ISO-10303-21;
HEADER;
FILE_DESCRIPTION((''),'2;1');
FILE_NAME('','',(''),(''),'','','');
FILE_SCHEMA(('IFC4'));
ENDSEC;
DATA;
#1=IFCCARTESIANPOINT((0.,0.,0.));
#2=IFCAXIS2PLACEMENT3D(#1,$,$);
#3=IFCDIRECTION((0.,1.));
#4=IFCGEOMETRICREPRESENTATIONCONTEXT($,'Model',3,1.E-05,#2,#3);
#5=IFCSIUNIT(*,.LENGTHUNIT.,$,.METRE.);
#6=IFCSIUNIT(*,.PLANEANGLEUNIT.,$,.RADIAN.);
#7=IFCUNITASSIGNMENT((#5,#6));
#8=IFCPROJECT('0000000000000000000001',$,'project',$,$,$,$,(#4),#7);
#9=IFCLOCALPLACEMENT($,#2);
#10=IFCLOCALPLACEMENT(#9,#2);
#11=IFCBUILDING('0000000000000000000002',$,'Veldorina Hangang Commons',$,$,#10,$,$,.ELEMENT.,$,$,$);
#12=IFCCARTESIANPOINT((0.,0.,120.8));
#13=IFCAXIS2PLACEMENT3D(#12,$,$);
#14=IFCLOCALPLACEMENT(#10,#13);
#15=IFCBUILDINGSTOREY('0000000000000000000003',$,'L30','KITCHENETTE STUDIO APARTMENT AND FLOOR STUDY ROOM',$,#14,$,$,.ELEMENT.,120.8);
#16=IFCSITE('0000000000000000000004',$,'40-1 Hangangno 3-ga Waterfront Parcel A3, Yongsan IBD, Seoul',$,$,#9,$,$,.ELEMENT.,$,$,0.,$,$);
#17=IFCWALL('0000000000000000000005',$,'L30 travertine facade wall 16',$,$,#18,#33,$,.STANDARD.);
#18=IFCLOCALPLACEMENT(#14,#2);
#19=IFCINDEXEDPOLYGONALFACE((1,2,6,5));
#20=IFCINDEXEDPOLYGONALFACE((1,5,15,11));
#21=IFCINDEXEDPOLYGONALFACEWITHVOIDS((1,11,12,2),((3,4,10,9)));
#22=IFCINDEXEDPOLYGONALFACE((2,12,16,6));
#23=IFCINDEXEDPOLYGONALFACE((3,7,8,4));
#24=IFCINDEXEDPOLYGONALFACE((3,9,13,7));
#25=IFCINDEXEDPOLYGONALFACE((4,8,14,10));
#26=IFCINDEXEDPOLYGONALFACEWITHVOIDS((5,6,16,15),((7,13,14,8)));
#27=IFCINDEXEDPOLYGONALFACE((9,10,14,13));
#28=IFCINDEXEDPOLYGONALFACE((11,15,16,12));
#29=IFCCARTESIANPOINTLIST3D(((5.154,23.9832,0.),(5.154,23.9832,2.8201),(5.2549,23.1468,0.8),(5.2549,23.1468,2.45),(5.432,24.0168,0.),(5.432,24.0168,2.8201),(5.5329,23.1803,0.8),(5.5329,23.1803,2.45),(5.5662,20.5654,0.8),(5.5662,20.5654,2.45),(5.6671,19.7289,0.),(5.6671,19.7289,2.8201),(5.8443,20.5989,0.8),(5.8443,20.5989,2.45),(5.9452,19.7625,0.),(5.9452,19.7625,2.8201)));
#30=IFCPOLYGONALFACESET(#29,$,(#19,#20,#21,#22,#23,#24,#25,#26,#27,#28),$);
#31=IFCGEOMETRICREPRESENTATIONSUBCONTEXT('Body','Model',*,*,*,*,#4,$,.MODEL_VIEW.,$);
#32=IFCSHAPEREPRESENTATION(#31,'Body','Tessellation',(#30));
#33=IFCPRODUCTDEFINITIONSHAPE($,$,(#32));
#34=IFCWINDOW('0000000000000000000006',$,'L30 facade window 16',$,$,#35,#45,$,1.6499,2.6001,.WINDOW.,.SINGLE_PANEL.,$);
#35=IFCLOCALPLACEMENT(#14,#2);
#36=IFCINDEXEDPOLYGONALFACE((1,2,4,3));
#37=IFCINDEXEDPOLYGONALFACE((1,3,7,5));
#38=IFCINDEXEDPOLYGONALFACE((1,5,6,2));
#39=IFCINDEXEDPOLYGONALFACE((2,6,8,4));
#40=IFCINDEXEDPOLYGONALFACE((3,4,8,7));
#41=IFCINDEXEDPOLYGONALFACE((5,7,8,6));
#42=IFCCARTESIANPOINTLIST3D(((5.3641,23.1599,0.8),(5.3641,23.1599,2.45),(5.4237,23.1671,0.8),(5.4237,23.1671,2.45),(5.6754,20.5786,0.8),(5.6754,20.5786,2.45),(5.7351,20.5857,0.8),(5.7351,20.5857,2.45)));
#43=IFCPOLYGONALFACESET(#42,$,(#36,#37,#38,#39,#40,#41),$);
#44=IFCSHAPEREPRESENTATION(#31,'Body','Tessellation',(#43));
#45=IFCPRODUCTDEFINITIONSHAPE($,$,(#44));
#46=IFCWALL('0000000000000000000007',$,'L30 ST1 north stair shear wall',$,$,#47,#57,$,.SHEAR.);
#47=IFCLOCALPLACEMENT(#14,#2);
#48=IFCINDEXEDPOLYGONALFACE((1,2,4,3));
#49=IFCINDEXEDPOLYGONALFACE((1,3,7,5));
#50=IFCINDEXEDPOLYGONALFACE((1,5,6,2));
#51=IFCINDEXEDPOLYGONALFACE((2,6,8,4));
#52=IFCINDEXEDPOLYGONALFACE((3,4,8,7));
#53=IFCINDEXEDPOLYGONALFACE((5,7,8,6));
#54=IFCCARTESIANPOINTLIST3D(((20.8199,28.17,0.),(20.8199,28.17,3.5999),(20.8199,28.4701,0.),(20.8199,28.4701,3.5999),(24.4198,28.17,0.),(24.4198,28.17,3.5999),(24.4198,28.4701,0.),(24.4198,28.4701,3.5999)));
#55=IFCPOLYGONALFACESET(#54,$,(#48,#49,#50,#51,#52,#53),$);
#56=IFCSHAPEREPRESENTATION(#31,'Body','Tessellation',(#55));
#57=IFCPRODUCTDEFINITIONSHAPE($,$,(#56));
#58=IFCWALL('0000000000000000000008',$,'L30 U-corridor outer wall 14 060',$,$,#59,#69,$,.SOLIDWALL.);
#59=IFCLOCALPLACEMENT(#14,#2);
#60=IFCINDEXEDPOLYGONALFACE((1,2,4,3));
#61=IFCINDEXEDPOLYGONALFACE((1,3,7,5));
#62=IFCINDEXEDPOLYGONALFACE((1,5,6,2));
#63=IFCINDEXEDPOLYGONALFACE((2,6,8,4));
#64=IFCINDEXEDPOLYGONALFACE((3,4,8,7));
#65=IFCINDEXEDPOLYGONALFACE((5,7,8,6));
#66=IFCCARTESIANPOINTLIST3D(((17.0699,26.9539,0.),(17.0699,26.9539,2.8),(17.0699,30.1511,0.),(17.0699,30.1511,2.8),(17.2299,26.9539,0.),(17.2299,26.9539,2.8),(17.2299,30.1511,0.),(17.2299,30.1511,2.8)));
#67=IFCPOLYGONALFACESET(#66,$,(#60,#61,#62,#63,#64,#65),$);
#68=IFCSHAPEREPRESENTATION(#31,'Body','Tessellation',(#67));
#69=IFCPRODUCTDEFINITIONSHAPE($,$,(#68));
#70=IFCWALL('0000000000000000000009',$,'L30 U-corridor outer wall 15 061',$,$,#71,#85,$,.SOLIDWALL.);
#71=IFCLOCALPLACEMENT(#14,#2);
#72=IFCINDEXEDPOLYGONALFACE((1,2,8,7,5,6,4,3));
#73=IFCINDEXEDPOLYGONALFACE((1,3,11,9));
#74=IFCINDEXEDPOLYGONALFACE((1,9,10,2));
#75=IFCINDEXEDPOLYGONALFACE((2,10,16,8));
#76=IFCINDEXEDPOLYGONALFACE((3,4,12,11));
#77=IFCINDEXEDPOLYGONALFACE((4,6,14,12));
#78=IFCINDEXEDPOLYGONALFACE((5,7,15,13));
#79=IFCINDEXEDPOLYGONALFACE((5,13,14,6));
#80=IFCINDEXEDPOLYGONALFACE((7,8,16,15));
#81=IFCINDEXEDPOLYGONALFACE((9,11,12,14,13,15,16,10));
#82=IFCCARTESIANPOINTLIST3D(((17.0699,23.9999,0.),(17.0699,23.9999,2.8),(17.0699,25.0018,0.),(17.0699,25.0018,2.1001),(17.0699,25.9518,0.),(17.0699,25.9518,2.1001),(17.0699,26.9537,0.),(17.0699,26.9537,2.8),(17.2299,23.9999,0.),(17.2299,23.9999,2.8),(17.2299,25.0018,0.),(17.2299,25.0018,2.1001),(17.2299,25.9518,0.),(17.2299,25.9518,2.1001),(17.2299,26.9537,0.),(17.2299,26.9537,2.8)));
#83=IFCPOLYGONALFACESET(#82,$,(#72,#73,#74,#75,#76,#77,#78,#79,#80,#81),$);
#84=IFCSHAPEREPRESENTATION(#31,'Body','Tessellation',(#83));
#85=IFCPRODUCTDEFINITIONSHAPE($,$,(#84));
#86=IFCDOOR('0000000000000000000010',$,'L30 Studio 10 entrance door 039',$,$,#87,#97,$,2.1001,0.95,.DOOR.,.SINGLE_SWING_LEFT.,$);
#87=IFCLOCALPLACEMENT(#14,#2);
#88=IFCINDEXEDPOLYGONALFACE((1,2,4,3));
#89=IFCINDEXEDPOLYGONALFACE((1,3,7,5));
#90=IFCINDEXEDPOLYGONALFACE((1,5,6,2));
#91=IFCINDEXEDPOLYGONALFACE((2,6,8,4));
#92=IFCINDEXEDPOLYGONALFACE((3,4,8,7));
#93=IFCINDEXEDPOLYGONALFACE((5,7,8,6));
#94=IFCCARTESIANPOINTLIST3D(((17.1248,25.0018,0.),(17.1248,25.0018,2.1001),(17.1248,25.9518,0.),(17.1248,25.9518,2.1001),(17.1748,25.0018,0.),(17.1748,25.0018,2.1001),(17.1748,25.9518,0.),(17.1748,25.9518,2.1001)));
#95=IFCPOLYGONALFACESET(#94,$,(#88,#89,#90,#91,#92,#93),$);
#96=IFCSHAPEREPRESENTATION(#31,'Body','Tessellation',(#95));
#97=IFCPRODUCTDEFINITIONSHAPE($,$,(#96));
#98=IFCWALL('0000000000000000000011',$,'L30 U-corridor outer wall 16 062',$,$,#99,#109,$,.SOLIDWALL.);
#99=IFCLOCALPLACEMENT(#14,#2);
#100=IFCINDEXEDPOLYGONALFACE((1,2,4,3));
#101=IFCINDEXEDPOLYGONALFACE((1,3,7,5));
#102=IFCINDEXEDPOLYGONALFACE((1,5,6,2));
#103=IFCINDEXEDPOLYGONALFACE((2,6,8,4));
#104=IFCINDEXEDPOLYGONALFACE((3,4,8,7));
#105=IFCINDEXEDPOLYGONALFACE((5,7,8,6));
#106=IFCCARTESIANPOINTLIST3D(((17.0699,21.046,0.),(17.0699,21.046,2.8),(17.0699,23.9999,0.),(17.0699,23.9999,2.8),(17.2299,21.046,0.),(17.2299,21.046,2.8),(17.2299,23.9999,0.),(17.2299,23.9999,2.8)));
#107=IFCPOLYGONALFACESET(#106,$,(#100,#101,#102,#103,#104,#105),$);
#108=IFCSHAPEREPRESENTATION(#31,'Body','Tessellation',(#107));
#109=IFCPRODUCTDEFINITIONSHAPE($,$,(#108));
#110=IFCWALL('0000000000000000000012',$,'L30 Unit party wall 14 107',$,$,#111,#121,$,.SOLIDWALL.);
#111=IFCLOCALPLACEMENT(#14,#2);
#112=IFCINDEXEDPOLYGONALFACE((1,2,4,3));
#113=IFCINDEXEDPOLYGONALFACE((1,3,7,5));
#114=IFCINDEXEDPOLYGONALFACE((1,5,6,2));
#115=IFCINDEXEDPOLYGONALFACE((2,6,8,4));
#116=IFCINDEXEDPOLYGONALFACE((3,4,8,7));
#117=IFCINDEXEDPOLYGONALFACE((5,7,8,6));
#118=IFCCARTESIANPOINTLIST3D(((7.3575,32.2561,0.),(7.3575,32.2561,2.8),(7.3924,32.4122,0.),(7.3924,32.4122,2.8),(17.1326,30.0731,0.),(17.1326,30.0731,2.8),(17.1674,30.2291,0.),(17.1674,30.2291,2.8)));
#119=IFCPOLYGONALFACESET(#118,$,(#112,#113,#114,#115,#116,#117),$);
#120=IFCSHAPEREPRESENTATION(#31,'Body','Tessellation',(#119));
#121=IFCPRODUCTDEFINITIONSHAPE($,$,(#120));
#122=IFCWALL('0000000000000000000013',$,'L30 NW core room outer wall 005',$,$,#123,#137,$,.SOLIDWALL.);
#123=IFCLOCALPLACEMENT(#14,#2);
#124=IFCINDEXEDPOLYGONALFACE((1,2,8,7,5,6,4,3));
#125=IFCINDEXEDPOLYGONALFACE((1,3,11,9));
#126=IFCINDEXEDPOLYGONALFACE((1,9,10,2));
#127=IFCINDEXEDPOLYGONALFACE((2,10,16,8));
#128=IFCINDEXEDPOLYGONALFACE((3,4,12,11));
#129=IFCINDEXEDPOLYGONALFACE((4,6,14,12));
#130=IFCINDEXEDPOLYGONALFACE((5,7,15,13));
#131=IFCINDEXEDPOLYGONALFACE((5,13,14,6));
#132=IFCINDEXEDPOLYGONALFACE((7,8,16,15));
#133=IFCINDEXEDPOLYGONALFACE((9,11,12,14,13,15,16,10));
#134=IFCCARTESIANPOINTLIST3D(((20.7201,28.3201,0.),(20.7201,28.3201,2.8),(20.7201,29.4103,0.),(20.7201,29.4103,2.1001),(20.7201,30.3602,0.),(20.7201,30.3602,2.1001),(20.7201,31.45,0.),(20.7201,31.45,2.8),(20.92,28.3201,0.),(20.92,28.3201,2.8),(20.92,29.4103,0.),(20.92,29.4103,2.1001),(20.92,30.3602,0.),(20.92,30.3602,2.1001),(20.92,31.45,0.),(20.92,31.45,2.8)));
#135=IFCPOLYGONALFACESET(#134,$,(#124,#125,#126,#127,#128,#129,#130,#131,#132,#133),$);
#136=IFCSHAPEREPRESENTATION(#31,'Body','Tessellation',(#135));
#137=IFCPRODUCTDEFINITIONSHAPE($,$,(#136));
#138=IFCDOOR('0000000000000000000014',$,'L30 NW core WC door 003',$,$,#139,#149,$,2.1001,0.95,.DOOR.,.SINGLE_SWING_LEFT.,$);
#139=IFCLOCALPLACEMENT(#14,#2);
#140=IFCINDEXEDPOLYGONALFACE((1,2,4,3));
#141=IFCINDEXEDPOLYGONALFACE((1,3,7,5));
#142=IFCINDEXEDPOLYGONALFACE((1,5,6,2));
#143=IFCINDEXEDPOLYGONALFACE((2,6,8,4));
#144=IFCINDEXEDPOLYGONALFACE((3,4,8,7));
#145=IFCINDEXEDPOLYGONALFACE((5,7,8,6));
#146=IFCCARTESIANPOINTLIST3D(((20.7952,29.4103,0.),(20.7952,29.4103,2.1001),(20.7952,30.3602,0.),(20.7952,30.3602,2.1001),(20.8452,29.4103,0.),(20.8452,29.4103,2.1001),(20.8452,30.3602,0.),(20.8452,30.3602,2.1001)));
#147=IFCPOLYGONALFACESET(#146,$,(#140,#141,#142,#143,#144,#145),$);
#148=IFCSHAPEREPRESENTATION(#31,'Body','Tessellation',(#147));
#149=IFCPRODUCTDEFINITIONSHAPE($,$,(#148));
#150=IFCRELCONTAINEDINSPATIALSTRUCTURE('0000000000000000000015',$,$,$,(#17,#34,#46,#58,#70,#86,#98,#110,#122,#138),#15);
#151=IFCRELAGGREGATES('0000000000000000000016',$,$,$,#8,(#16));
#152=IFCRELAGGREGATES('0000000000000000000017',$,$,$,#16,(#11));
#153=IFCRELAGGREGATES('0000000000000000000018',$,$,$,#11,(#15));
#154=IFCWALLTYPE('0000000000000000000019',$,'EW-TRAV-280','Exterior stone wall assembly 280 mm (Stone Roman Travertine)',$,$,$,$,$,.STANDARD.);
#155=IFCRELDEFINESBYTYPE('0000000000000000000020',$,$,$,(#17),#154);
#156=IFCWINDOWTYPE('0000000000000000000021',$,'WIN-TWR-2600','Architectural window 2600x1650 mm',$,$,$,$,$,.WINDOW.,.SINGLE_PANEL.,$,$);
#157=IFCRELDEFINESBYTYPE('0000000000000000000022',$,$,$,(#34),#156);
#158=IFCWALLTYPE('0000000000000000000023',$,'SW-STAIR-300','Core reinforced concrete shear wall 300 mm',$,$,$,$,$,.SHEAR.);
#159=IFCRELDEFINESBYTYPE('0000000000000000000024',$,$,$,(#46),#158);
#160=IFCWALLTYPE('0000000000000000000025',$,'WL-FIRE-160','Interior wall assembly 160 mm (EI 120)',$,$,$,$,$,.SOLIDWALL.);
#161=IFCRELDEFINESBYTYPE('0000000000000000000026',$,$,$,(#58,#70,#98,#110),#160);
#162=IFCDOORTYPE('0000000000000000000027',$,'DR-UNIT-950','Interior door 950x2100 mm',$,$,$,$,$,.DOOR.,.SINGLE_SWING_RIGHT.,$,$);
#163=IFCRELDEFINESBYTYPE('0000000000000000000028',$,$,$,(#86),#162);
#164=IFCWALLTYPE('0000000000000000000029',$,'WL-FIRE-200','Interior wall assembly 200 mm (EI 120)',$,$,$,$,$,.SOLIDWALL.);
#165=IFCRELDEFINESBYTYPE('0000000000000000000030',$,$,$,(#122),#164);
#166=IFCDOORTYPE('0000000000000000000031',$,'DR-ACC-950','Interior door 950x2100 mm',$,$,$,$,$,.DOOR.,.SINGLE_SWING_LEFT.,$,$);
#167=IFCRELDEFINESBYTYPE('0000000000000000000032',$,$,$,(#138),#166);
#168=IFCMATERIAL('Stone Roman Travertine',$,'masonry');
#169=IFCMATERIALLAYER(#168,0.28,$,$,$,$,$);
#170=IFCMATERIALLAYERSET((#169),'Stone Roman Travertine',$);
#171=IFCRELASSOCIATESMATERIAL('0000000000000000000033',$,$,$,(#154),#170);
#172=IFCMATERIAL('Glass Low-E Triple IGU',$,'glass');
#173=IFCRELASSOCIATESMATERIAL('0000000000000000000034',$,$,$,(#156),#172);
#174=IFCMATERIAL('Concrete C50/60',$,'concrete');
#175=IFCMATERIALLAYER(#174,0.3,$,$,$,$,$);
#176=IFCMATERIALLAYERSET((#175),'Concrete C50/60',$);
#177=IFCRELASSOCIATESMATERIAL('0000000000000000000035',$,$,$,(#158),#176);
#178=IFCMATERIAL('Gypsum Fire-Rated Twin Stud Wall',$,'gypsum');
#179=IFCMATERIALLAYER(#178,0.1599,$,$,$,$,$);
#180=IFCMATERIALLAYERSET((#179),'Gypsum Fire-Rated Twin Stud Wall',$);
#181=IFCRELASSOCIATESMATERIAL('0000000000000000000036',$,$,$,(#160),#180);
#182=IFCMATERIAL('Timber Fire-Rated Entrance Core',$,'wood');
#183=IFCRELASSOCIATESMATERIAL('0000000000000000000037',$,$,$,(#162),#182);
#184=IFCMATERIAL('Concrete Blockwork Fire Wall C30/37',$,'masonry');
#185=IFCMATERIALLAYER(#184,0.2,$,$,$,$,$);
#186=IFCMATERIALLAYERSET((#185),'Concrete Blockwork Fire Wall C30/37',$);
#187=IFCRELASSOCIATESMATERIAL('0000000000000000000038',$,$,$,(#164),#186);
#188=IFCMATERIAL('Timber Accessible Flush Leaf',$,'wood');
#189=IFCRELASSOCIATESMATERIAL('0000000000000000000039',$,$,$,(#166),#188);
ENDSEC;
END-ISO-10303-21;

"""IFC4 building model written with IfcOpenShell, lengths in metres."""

from ifc_helpers import new_model, si_unit, direction, frame, frame_2d, origin, place, context, subcontext, project, spatial, rectangle, extrude, material, layer, layer_set, type_object, element, fill, save


model = new_model("IFC4")

# Units and contexts
model_context = context("Model", 3, precision=1e-05, world=origin(), true_north=direction((0.0, 1.0)))
body_context = subcontext(model_context, "Body", "Model", "MODEL_VIEW")
ifc_project = project(units=[si_unit("LENGTHUNIT", "METRE"), si_unit("PLANEANGLEUNIT", "RADIAN")], contexts=[model_context])

# Site, building, storey
site_placement = place(None, origin())
site = spatial("IfcSite", under=ifc_project, at=site_placement, Name="40-1 Hangangno 3-ga Waterfront Parcel A3, Yongsan IBD, Seoul", CompositionType="ELEMENT", RefElevation=0.0)
building_placement = place(site_placement, origin())
building = spatial("IfcBuilding", under=site, at=building_placement, Name="Veldorina Hangang Commons", CompositionType="ELEMENT")
storey_placement = place(building_placement, frame((0.0, 0.0, 120.8)))
storey = spatial("IfcBuildingStorey", under=building, at=storey_placement, Name="L30", Description="KITCHENETTE STUDIO APARTMENT AND FLOOR STUDY ROOM", CompositionType="ELEMENT", Elevation=120.8)

# Shared definitions
ifc_material_1 = material(Name="Stone Roman Travertine", Category="masonry")
ifc_layer_1 = layer(ifc_material_1, 0.28)
ifc_layer_set_1 = layer_set([ifc_layer_1], Name="Stone Roman Travertine")
wall_type_1 = type_object("IfcWallType", Name="EW-TRAV-280", Description="Exterior stone wall assembly 280 mm (Stone Roman Travertine)", PredefinedType="STANDARD", material=ifc_layer_set_1)

# Wall, opening, window
wall_1_placement = place(storey_placement, frame((5.293, 24.0, 0.0), z_axis=(0.0, 0.0, 1.0), x_axis=(0.119756, -0.992803, 0.0)))
wall_1 = element("IfcWall", 1, at=wall_1_placement, inside=storey, type_object=wall_type_1, Name="L30 travertine facade wall 16", PredefinedType="STANDARD", context=body_context, shape_type="SweptSolid", body=[
    extrude(rectangle(XDim=4.2852, YDim=0.28, at=frame_2d((2.1426, 0.0))), origin(), (0.0, 0.0, 1.0), 2.8201),
])
opening_1_placement = place(wall_1_placement, frame((0.8425, 0.0, 0.8)))
opening_1 = element("IfcOpeningElement", 2, at=opening_1_placement, cuts=wall_1, PredefinedType="OPENING", context=body_context, shape_type="SweptSolid", body=[
    extrude(rectangle(XDim=2.6001, YDim=1.6499, at=frame_2d((1.3, 0.825))), frame((0.0, 0.1499, 0.0), z_axis=(0.0, -1.0, 0.0), x_axis=(1.0, 0.0, 0.0)), (0.0, 0.0, 1.0), 0.3),
])
ifc_material_2 = material(Name="Glass Low-E Triple IGU", Category="glass")
window_type = type_object("IfcWindowType", Name="WIN-TWR-2600", Description="Architectural window 2600x1650 mm", PartitioningType="SINGLE_PANEL", PredefinedType="WINDOW", material=ifc_material_2)
window_placement = place(opening_1_placement, origin())
window = element("IfcWindow", 3, at=window_placement, inside=storey, type_object=window_type, Name="L30 facade window 16", OverallHeight=1.6499, OverallWidth=2.6001, PartitioningType="SINGLE_PANEL", PredefinedType="WINDOW", context=body_context, shape_type="SweptSolid", body=[
    extrude(rectangle(XDim=2.6001, YDim=1.6499, at=frame_2d((1.3, 0.825))), frame((0.0, 0.03, 0.0), z_axis=(0.0, -1.0, 0.0), x_axis=(1.0, 0.0, 0.0)), (0.0, 0.0, 1.0), 0.0601),
])
fill(opening_1, window)

# Walls
ifc_material_3 = material(Name="Concrete C50/60", Category="concrete")
ifc_layer_2 = layer(ifc_material_3, 0.3)
ifc_layer_set_2 = layer_set([ifc_layer_2], Name="Concrete C50/60")
wall_type_2 = type_object("IfcWallType", Name="SW-STAIR-300", Description="Core reinforced concrete shear wall 300 mm", PredefinedType="SHEAR", material=ifc_layer_set_2)
wall_2_placement = place(storey_placement, frame((20.8201, 28.3201, 0.0), z_axis=(0.0, 0.0, 1.0), x_axis=(1.0, 0.0, 0.0)))
element("IfcWall", 4, at=wall_2_placement, inside=storey, type_object=wall_type_2, Name="L30 ST1 north stair shear wall", PredefinedType="SHEAR", context=body_context, shape_type="SweptSolid", body=[
    extrude(rectangle(XDim=3.5999, YDim=0.3, at=frame_2d((1.7998, 0.0))), origin(), (0.0, 0.0, 1.0), 3.5999),
])
ifc_material_4 = material(Name="Gypsum Fire-Rated Twin Stud Wall", Category="gypsum")
ifc_layer_3 = layer(ifc_material_4, 0.1599)
ifc_layer_set_3 = layer_set([ifc_layer_3], Name="Gypsum Fire-Rated Twin Stud Wall")
wall_type_3 = type_object("IfcWallType", Name="WL-FIRE-160", Description="Interior wall assembly 160 mm (EI 120)", PredefinedType="SOLIDWALL", material=ifc_layer_set_3)
wall_3_placement = place(storey_placement, frame((17.1499, 30.1511, 0.0), z_axis=(0.0, 0.0, 1.0), x_axis=(0.0, -1.0, 0.0)))
element("IfcWall", 5, at=wall_3_placement, inside=storey, type_object=wall_type_3, Name="L30 U-corridor outer wall 14 060", PredefinedType="SOLIDWALL", context=body_context, shape_type="SweptSolid", body=[
    extrude(rectangle(XDim=3.1973, YDim=0.1599, at=frame_2d((1.5986, 0.0))), origin(), (0.0, 0.0, 1.0), 2.8),
])

# Wall, opening, door
wall_4_placement = place(storey_placement, frame((17.1499, 26.9539, 0.0), z_axis=(0.0, 0.0, 1.0), x_axis=(0.0, -1.0, 0.0)))
wall_4 = element("IfcWall", 6, at=wall_4_placement, inside=storey, type_object=wall_type_3, Name="L30 U-corridor outer wall 15 061", PredefinedType="SOLIDWALL", context=body_context, shape_type="SweptSolid", body=[
    extrude(rectangle(XDim=2.9539, YDim=0.1599, at=frame_2d((1.4771, 0.0))), origin(), (0.0, 0.0, 1.0), 2.8),
])
opening_2_placement = place(wall_4_placement, frame((1.002, 0.0, 0.0)))
opening_2 = element("IfcOpeningElement", 7, at=opening_2_placement, cuts=wall_4, PredefinedType="OPENING", context=body_context, shape_type="SweptSolid", body=[
    extrude(rectangle(XDim=0.95, YDim=2.1001, at=frame_2d((0.4751, 1.05))), frame((0.0, 0.0898, 0.0), z_axis=(0.0, -1.0, 0.0), x_axis=(1.0, 0.0, 0.0)), (0.0, 0.0, 1.0), 0.1799),
])
ifc_material_5 = material(Name="Timber Fire-Rated Entrance Core", Category="wood")
door_type_1 = type_object("IfcDoorType", Name="DR-UNIT-950", Description="Interior door 950x2100 mm", OperationType="SINGLE_SWING_RIGHT", PredefinedType="DOOR", material=ifc_material_5)
door_1_placement = place(opening_2_placement, origin())
door_1 = element("IfcDoor", 8, at=door_1_placement, inside=storey, type_object=door_type_1, Name="L30 Studio 10 entrance door 039", OperationType="SINGLE_SWING_LEFT", OverallHeight=2.1001, OverallWidth=0.95, PredefinedType="DOOR", context=body_context, shape_type="SweptSolid", body=[
    extrude(rectangle(XDim=0.95, YDim=2.1001, at=frame_2d((0.4751, 1.05))), frame((0.0, 0.0249, 0.0), z_axis=(0.0, -1.0, 0.0), x_axis=(1.0, 0.0, 0.0)), (0.0, 0.0, 1.0), 0.05),
])
fill(opening_2, door_1)

# Walls
wall_5_placement = place(storey_placement, frame((17.1499, 24.0, 0.0), z_axis=(0.0, 0.0, 1.0), x_axis=(0.0, -1.0, 0.0)))
element("IfcWall", 9, at=wall_5_placement, inside=storey, type_object=wall_type_3, Name="L30 U-corridor outer wall 16 062", PredefinedType="SOLIDWALL", context=body_context, shape_type="SweptSolid", body=[
    extrude(rectangle(XDim=2.9539, YDim=0.1599, at=frame_2d((1.4771, 0.0))), origin(), (0.0, 0.0, 1.0), 2.8),
])
wall_6_placement = place(storey_placement, frame((17.1499, 30.1511, 0.0), z_axis=(0.0, 0.0, 1.0), x_axis=(-0.975957, 0.217963, 0.0)))
element("IfcWall", 10, at=wall_6_placement, inside=storey, type_object=wall_type_3, Name="L30 Unit party wall 14 107", PredefinedType="SOLIDWALL", context=body_context, shape_type="SweptSolid", body=[
    extrude(rectangle(XDim=10.0159, YDim=0.1599, at=frame_2d((5.0078, 0.0))), origin(), (0.0, 0.0, 1.0), 2.8),
])

# Wall, opening, door
ifc_material_6 = material(Name="Concrete Blockwork Fire Wall C30/37", Category="masonry")
ifc_layer_4 = layer(ifc_material_6, 0.2)
ifc_layer_set_4 = layer_set([ifc_layer_4], Name="Concrete Blockwork Fire Wall C30/37")
wall_type_4 = type_object("IfcWallType", Name="WL-FIRE-200", Description="Interior wall assembly 200 mm (EI 120)", PredefinedType="SOLIDWALL", material=ifc_layer_set_4)
wall_7_placement = place(storey_placement, frame((20.8201, 28.3201, 0.0), z_axis=(0.0, 0.0, 1.0), x_axis=(0.0, 1.0, 0.0)))
wall_7 = element("IfcWall", 11, at=wall_7_placement, inside=storey, type_object=wall_type_4, Name="L30 NW core room outer wall 005", PredefinedType="SOLIDWALL", context=body_context, shape_type="SweptSolid", body=[
    extrude(rectangle(XDim=3.1299, YDim=0.2, at=frame_2d((1.5649, 0.0))), origin(), (0.0, 0.0, 1.0), 2.8),
])
opening_3_placement = place(wall_7_placement, frame((1.0901, 0.0, 0.0)))
opening_3 = element("IfcOpeningElement", 12, at=opening_3_placement, cuts=wall_7, PredefinedType="OPENING", context=body_context, shape_type="SweptSolid", body=[
    extrude(rectangle(XDim=0.95, YDim=2.1001, at=frame_2d((0.4751, 1.05))), frame((0.0, 0.1099, 0.0), z_axis=(0.0, -1.0, 0.0), x_axis=(1.0, 0.0, 0.0)), (0.0, 0.0, 1.0), 0.22),
])
ifc_material_7 = material(Name="Timber Accessible Flush Leaf", Category="wood")
door_type_2 = type_object("IfcDoorType", Name="DR-ACC-950", Description="Interior door 950x2100 mm", OperationType="SINGLE_SWING_LEFT", PredefinedType="DOOR", material=ifc_material_7)
door_2_placement = place(opening_3_placement, origin())
door_2 = element("IfcDoor", 13, at=door_2_placement, inside=storey, type_object=door_type_2, Name="L30 NW core WC door 003", OperationType="SINGLE_SWING_LEFT", OverallHeight=2.1001, OverallWidth=0.95, PredefinedType="DOOR", context=body_context, shape_type="SweptSolid", body=[
    extrude(rectangle(XDim=0.95, YDim=2.1001, at=frame_2d((0.4751, 1.05))), frame((0.0, 0.0249, 0.0), z_axis=(0.0, -1.0, 0.0), x_axis=(1.0, 0.0, 0.0)), (0.0, 0.0, 1.0), 0.05),
])
fill(opening_3, door_2)

save(model, "model.ifc")
